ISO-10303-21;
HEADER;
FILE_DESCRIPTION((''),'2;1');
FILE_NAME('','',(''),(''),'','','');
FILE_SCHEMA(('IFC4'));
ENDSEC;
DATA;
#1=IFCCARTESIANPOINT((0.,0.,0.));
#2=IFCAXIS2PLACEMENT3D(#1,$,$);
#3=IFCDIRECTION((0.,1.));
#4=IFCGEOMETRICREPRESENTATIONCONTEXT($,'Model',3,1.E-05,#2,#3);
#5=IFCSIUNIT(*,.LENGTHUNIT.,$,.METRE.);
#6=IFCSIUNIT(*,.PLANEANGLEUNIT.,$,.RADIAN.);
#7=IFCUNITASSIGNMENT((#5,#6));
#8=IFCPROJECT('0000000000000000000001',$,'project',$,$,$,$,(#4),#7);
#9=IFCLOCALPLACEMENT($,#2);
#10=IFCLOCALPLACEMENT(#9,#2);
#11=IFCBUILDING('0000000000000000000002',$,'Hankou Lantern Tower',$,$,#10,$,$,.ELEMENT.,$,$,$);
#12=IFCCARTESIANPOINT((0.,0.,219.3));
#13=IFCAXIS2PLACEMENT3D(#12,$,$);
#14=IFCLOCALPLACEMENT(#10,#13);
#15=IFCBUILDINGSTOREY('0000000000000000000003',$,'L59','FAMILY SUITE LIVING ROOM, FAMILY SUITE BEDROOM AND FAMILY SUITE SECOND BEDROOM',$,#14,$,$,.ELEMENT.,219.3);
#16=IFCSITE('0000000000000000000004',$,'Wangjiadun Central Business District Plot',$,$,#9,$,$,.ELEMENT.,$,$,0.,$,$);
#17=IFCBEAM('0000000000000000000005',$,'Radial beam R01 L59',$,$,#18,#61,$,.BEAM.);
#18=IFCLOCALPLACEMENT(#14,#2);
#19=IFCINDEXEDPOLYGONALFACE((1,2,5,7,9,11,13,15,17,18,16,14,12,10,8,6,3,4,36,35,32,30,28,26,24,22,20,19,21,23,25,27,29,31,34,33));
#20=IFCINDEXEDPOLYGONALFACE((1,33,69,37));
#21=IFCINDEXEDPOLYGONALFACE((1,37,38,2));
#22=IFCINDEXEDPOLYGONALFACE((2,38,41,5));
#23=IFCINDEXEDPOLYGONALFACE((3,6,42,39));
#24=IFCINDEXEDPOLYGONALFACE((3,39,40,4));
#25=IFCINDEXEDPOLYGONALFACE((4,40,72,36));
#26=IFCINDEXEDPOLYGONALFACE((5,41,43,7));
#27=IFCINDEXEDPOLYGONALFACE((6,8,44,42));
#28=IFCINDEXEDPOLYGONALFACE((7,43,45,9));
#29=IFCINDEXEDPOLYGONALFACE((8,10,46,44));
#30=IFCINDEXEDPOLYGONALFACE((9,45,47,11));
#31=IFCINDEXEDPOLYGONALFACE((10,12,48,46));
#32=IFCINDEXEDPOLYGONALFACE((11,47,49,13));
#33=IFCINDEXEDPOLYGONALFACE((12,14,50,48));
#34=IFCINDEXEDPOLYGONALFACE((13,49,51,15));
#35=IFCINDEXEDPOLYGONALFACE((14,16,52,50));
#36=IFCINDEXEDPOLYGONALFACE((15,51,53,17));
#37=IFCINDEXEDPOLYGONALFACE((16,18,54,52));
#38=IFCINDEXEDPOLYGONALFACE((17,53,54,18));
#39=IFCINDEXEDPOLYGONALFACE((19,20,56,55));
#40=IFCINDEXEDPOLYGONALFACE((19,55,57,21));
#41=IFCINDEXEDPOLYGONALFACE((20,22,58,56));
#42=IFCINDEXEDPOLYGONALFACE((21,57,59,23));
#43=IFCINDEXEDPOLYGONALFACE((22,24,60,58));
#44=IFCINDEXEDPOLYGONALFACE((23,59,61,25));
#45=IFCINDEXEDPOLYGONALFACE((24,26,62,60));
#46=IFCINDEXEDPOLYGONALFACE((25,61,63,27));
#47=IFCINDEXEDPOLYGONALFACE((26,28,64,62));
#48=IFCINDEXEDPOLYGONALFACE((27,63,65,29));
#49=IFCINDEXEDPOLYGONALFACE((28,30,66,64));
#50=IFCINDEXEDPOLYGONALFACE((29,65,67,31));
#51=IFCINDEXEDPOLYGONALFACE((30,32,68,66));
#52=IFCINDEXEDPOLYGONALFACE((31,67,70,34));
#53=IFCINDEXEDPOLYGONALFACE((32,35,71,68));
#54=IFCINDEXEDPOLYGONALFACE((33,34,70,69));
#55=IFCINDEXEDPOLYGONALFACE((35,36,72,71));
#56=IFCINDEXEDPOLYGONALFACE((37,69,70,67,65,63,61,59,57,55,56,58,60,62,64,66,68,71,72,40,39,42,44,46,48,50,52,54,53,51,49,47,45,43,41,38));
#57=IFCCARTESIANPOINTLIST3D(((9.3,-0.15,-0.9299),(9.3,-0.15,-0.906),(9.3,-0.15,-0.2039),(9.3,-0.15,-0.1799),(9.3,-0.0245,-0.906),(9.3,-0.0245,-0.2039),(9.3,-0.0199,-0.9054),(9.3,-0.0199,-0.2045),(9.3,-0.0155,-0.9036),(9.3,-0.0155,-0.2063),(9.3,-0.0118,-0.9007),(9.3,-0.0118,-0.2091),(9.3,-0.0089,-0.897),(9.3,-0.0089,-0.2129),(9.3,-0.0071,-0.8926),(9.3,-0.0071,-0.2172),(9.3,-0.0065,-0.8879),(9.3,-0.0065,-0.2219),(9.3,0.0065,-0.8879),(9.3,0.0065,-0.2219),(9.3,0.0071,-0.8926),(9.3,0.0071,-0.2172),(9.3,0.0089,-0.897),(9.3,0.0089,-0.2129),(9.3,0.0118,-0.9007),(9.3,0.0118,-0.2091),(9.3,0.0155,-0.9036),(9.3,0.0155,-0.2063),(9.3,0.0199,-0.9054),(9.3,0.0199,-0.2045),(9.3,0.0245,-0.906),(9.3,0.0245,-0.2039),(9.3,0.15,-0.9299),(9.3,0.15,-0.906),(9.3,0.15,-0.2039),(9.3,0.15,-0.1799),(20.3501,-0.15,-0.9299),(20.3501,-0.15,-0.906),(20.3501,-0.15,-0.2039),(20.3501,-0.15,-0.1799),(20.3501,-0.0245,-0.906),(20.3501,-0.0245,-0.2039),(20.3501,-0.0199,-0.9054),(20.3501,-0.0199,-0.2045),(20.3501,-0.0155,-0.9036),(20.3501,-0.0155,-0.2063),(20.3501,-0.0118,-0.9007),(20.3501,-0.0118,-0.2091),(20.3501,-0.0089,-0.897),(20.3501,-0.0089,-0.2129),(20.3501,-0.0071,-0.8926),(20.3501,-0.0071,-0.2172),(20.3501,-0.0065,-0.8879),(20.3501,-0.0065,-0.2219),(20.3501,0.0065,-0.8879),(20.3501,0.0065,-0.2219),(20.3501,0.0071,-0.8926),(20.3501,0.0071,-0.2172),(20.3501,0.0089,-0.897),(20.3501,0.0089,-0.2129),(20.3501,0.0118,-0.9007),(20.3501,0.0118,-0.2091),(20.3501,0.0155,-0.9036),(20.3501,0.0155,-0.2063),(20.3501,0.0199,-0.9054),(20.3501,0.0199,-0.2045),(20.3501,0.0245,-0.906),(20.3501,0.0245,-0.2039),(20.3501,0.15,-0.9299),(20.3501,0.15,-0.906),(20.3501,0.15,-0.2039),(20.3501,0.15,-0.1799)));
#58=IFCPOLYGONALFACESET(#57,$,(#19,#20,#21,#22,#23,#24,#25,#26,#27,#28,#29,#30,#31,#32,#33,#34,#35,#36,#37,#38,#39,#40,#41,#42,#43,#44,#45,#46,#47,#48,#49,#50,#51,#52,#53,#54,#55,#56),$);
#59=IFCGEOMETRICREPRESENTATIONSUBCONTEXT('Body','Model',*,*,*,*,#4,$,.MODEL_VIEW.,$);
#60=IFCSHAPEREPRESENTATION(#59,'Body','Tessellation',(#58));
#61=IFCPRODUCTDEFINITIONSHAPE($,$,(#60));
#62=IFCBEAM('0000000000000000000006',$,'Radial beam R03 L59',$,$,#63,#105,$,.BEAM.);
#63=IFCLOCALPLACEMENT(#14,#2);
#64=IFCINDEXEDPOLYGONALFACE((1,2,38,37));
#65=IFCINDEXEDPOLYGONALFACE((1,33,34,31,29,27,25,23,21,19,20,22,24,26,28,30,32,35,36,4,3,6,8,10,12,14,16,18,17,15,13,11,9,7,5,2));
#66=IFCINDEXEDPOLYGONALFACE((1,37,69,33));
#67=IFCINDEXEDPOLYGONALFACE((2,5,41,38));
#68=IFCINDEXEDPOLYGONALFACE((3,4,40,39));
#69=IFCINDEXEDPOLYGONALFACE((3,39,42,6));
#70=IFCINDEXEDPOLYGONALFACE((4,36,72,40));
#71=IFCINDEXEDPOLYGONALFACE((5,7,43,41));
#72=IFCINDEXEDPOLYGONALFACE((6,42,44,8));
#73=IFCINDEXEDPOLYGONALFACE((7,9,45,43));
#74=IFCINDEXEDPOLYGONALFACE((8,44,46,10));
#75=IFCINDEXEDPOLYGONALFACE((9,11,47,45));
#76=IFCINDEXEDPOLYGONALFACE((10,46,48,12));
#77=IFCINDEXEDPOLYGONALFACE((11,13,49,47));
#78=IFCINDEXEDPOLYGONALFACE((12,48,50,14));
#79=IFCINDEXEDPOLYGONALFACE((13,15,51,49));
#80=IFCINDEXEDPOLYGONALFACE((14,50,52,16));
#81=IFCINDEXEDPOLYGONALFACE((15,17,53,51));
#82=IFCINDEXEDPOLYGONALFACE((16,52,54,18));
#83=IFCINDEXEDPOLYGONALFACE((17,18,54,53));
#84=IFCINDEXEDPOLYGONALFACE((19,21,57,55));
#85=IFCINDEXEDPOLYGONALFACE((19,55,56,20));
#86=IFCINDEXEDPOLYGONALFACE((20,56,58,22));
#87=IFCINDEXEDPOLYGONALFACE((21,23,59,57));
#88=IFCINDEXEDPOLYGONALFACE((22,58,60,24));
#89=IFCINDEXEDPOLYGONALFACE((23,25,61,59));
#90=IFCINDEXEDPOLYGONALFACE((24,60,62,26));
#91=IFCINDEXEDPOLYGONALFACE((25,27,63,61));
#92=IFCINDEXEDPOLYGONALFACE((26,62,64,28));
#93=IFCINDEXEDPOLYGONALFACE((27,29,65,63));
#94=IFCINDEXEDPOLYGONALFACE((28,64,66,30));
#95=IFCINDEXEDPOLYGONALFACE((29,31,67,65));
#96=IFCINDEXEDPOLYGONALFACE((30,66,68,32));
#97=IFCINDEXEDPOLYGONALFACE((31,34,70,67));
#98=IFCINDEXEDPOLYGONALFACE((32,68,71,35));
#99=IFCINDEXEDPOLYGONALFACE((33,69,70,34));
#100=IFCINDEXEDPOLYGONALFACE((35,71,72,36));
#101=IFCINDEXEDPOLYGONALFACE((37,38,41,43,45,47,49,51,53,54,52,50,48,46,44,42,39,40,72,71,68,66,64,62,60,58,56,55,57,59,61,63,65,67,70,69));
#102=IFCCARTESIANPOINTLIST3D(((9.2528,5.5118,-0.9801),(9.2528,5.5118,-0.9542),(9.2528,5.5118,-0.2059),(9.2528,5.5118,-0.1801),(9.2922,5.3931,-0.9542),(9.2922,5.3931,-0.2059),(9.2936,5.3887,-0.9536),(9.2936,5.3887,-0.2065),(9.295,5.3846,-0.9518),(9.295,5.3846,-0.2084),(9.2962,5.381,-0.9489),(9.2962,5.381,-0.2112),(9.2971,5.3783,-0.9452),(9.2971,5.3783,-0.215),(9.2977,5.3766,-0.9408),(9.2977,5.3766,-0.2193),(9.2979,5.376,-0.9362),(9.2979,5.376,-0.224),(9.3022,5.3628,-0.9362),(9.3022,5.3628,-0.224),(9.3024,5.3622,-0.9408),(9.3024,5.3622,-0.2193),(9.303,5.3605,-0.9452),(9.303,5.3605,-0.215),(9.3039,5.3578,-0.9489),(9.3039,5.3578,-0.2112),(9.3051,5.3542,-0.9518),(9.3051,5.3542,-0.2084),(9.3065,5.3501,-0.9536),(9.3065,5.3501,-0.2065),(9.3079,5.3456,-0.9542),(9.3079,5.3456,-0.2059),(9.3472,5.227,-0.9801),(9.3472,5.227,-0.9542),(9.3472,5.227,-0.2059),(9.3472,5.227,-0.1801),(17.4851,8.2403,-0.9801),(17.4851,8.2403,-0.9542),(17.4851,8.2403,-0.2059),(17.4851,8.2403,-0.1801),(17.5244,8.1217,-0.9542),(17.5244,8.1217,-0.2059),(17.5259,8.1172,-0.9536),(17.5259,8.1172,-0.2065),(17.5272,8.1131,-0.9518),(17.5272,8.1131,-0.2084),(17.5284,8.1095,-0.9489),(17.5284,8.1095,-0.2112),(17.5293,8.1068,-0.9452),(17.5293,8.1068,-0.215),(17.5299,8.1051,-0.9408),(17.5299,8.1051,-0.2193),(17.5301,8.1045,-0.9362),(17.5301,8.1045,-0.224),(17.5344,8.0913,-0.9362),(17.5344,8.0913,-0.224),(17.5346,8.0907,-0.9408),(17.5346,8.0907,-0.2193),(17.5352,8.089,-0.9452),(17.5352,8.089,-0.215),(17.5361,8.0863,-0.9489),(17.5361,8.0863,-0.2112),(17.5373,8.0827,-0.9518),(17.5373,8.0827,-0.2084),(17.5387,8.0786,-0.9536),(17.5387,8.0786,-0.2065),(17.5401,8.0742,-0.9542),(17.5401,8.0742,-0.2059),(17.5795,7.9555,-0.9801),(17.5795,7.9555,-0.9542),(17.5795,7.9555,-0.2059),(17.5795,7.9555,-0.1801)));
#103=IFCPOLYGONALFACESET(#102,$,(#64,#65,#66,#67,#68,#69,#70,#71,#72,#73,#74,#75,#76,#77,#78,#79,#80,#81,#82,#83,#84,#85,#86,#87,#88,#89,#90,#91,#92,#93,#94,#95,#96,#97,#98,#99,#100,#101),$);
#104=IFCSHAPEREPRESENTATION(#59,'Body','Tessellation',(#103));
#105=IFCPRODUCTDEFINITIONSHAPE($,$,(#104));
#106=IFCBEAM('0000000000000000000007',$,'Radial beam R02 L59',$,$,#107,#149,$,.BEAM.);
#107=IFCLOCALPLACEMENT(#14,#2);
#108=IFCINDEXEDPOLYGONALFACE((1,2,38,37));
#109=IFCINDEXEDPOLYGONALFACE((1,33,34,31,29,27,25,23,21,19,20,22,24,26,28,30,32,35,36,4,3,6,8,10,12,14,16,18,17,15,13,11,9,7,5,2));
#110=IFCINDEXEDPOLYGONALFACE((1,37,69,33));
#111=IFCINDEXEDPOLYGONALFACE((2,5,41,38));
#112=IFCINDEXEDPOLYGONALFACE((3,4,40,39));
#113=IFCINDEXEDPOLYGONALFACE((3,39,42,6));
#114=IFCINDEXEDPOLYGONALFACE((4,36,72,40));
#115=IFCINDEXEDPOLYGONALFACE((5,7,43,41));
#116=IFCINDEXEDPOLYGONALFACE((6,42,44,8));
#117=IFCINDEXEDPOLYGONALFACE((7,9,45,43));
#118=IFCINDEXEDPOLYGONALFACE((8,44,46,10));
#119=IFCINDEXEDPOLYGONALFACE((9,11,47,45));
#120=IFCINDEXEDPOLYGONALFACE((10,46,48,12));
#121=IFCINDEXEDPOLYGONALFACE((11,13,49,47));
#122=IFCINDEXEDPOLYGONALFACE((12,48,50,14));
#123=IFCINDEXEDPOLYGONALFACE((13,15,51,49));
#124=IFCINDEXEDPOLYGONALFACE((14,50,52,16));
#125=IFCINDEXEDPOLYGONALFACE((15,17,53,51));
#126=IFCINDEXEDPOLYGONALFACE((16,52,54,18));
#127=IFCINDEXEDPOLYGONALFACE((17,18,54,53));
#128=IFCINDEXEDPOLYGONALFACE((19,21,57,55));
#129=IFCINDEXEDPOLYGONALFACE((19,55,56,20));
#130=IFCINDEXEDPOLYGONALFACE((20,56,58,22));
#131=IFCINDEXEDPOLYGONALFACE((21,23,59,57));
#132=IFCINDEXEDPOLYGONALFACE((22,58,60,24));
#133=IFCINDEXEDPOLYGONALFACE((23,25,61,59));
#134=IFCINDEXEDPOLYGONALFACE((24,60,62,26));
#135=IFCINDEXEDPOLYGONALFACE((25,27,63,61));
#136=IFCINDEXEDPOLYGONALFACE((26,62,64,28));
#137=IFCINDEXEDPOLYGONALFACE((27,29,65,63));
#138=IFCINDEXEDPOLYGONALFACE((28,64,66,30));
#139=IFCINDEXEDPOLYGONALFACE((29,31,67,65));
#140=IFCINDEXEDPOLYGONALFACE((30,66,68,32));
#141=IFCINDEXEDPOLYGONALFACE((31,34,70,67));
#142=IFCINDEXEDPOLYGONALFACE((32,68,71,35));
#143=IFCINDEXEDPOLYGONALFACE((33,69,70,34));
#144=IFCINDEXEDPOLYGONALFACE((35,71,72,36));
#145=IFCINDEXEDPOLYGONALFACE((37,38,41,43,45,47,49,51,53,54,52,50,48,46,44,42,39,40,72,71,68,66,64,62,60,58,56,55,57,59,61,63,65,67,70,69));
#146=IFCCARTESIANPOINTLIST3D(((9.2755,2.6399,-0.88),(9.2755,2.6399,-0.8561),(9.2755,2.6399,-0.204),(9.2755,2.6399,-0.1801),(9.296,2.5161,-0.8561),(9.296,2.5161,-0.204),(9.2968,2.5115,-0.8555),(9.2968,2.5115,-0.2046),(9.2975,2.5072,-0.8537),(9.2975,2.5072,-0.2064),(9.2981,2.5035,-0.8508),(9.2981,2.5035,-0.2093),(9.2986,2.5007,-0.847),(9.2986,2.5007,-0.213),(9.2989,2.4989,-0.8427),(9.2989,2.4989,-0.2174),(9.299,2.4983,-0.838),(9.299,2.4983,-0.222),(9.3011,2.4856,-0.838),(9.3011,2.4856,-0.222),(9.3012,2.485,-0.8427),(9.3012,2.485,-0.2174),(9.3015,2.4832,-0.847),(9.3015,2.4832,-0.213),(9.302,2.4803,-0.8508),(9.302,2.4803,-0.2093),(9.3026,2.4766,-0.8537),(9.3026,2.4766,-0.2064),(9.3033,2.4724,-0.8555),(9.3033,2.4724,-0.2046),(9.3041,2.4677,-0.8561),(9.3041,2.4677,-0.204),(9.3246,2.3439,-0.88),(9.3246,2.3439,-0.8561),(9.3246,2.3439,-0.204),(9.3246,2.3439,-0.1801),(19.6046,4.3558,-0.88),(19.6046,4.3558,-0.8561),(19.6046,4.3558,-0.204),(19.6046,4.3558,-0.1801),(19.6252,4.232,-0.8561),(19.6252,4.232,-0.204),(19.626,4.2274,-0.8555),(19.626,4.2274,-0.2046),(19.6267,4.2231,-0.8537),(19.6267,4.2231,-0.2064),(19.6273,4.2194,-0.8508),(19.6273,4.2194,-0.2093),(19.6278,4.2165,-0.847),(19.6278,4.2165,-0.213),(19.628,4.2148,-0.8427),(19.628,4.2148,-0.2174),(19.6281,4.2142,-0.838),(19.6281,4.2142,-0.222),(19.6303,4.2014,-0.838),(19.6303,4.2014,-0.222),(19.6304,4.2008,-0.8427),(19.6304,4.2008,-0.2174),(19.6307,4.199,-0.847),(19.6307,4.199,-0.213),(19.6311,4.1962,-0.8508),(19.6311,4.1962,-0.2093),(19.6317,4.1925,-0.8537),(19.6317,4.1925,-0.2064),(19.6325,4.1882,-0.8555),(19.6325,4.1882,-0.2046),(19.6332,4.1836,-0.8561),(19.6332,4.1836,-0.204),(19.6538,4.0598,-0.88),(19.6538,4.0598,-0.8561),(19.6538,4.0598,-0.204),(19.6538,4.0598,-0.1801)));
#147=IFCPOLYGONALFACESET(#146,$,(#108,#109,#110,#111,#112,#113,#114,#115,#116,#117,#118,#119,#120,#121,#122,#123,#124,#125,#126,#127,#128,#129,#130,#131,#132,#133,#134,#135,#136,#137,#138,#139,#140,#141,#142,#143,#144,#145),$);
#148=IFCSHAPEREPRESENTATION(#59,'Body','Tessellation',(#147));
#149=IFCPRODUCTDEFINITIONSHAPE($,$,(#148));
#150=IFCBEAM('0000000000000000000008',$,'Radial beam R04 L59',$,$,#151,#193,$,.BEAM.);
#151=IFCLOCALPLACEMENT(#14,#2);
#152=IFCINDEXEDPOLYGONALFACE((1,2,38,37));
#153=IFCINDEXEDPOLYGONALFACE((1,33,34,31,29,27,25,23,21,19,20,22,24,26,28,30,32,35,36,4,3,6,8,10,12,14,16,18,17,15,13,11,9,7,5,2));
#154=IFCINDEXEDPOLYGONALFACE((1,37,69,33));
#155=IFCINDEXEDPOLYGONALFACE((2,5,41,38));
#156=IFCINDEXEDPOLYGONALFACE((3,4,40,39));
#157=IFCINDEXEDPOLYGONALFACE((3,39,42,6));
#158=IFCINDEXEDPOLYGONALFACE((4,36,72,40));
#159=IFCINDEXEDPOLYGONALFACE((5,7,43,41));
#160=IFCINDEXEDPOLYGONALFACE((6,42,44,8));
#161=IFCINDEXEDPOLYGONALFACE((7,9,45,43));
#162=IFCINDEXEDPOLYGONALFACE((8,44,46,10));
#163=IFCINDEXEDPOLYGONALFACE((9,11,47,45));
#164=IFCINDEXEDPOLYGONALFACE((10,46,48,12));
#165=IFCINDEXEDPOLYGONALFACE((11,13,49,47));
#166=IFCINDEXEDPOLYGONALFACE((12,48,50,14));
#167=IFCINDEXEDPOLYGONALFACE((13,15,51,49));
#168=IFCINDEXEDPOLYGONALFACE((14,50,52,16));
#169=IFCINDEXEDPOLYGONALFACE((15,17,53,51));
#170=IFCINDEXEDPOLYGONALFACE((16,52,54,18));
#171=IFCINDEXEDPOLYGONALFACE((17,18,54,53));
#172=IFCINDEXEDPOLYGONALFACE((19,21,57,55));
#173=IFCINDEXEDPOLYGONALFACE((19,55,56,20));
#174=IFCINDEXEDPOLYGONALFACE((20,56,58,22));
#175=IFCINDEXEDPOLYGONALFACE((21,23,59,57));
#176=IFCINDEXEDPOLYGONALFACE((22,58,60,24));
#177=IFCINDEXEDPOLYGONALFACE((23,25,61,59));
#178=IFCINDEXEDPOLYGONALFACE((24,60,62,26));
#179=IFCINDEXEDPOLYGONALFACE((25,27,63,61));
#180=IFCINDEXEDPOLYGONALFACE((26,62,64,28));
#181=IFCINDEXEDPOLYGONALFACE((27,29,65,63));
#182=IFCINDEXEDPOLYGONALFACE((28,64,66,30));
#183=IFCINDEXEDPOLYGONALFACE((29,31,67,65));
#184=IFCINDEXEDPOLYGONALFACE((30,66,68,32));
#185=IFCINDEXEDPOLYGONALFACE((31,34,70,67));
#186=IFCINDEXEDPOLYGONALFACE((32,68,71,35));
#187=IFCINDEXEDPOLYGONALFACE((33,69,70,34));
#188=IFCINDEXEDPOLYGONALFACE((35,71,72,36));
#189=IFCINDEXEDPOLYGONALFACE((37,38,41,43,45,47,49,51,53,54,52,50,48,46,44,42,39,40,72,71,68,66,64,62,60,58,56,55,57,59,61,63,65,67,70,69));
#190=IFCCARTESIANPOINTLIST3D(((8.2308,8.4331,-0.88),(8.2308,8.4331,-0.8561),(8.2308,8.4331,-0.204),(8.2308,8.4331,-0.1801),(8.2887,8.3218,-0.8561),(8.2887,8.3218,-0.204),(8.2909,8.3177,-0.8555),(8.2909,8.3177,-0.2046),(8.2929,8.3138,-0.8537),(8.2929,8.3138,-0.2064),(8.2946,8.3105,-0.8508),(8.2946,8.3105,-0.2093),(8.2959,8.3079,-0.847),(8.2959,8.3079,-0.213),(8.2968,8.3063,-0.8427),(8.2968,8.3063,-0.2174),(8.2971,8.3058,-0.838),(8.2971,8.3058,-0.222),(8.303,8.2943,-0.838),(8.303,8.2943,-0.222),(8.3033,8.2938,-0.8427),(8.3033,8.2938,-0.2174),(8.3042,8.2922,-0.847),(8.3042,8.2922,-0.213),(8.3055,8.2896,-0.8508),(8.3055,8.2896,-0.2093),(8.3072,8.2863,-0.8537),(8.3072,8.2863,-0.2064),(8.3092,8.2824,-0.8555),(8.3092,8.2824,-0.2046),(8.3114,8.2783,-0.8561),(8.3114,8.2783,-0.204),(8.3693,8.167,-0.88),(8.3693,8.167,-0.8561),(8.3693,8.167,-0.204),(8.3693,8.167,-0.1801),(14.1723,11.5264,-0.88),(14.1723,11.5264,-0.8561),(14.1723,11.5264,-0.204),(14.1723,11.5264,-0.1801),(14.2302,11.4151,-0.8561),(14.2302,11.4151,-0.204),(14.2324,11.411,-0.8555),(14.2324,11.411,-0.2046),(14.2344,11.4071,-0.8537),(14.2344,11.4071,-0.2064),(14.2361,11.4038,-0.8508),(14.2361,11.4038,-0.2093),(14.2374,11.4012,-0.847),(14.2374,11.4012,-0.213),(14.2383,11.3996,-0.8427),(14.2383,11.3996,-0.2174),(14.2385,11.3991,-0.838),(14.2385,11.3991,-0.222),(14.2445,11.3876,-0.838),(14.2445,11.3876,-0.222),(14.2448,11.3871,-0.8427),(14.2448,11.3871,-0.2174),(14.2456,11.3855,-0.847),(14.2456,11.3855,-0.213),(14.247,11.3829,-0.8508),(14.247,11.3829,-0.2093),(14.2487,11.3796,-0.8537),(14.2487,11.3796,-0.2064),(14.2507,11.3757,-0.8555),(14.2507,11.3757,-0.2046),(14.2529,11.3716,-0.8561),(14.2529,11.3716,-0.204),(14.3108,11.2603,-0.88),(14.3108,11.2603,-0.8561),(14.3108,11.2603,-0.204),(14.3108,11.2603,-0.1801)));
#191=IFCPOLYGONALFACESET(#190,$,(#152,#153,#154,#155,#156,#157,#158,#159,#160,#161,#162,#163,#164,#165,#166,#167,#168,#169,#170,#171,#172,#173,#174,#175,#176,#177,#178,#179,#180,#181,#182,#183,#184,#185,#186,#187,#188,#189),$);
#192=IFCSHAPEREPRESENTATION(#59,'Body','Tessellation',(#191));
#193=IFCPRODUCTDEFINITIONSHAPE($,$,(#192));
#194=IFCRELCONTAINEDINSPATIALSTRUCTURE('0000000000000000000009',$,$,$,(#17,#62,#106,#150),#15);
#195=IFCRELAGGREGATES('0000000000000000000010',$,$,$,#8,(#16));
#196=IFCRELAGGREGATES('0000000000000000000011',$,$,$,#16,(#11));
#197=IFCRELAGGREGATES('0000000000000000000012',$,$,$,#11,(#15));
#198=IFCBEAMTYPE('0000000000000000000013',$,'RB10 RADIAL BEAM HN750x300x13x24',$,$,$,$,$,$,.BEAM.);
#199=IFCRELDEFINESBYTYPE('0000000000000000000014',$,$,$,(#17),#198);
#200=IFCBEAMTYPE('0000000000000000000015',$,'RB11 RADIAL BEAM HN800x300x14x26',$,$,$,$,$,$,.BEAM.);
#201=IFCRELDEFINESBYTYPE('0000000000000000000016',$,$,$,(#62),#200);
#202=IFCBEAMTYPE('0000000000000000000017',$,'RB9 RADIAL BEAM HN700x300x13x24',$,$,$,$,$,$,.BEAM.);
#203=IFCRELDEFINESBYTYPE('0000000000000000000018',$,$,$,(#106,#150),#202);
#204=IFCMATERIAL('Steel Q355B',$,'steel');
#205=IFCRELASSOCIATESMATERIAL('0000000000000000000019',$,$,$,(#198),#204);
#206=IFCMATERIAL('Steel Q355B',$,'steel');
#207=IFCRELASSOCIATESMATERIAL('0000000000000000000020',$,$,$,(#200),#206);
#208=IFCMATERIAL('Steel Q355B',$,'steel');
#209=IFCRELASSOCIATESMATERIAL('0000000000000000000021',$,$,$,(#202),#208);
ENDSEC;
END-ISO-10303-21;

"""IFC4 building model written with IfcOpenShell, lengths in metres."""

from ifc_helpers import new_model, si_unit, direction, frame, origin, origin_2d, place, context, subcontext, project, spatial, i_section, extrude, material, material_profile, profile_set, type_object, element, save


model = new_model("IFC4")

# Units and contexts
model_context = context("Model", 3, precision=1e-05, world=origin(), true_north=direction((0.0, 1.0)))
body_context = subcontext(model_context, "Body", "Model", "MODEL_VIEW")
ifc_project = project(units=[si_unit("LENGTHUNIT", "METRE"), si_unit("PLANEANGLEUNIT", "RADIAN")], contexts=[model_context])

# Site, building, storey
site_placement = place(None, origin())
site = spatial("IfcSite", under=ifc_project, at=site_placement, Name="Wangjiadun Central Business District Plot", CompositionType="ELEMENT", RefElevation=0.0)
building_placement = place(site_placement, origin())
building = spatial("IfcBuilding", under=site, at=building_placement, Name="Hankou Lantern Tower", CompositionType="ELEMENT")
storey_placement = place(building_placement, frame((0.0, 0.0, 219.3)))
storey = spatial("IfcBuildingStorey", under=building, at=storey_placement, Name="L59", Description="FAMILY SUITE LIVING ROOM, FAMILY SUITE BEDROOM AND FAMILY SUITE SECOND BEDROOM", CompositionType="ELEMENT", Elevation=219.3)

# Beams
ifc_material_1 = material(Name="Steel Q355B", Category="steel")
ifc_material_profile_1 = material_profile(ifc_material_1, i_section(OverallWidth=0.3, OverallDepth=0.75, WebThickness=0.0129, FlangeThickness=0.0239, FilletRadius=0.0181, at=origin_2d()), Name="HN750x300x13x24")
ifc_profile_set_1 = profile_set([ifc_material_profile_1], Name="Steel Q355B")
beam_type_1 = type_object("IfcBeamType", Name="RB10 RADIAL BEAM HN750x300x13x24", PredefinedType="BEAM", material=ifc_profile_set_1)
beam_1_placement = place(storey_placement, frame((9.3, 0.0, -0.5549), z_axis=(1.0, 0.0, 0.0), x_axis=(0.0, 1.0, 0.0)))
element("IfcBeam", 1, at=beam_1_placement, inside=storey, type_object=beam_type_1, Name="Radial beam R01 L59", PredefinedType="BEAM", context=body_context, shape_type="SweptSolid", body=[
    extrude(i_section(OverallWidth=0.3, OverallDepth=0.75, WebThickness=0.0129, FlangeThickness=0.0239, FilletRadius=0.0181, at=origin_2d()), origin(), (0.0, 0.0, 1.0), 11.05),
])
ifc_material_2 = material(Name="Steel Q355B", Category="steel")
ifc_material_profile_2 = material_profile(ifc_material_2, i_section(OverallWidth=0.3, OverallDepth=0.8, WebThickness=0.0139, FlangeThickness=0.0259, FilletRadius=0.0181, at=origin_2d()), Name="HN800x300x14x26")
ifc_profile_set_2 = profile_set([ifc_material_profile_2], Name="Steel Q355B")
beam_type_2 = type_object("IfcBeamType", Name="RB11 RADIAL BEAM HN800x300x14x26", PredefinedType="BEAM", material=ifc_profile_set_2)
beam_2_placement = place(storey_placement, frame((9.3, 5.3694, -0.5801), z_axis=(0.94922, 0.314614, 0.0), x_axis=(-0.314614, 0.94922, 0.0)))
element("IfcBeam", 2, at=beam_2_placement, inside=storey, type_object=beam_type_2, Name="Radial beam R03 L59", PredefinedType="BEAM", context=body_context, shape_type="SweptSolid", body=[
    extrude(i_section(OverallWidth=0.3, OverallDepth=0.8, WebThickness=0.0139, FlangeThickness=0.0259, FilletRadius=0.0181, at=origin_2d()), origin(), (0.0, 0.0, 1.0), 8.6726),
])
ifc_material_3 = material(Name="Steel Q355B", Category="steel")
ifc_material_profile_3 = material_profile(ifc_material_3, i_section(OverallWidth=0.3, OverallDepth=0.7, WebThickness=0.0129, FlangeThickness=0.0239, FilletRadius=0.0181, at=origin_2d()), Name="HN700x300x13x24")
ifc_profile_set_3 = profile_set([ifc_material_profile_3], Name="Steel Q355B")
beam_type_3 = type_object("IfcBeamType", Name="RB9 RADIAL BEAM HN700x300x13x24", PredefinedType="BEAM", material=ifc_profile_set_3)
beam_3_placement = place(storey_placement, frame((9.3, 2.4919, -0.53), z_axis=(0.986482, 0.16387, 0.0), x_axis=(-0.16387, 0.986482, 0.0)))
element("IfcBeam", 3, at=beam_3_placement, inside=storey, type_object=beam_type_3, Name="Radial beam R02 L59", PredefinedType="BEAM", context=body_context, shape_type="SweptSolid", body=[
    extrude(i_section(OverallWidth=0.3, OverallDepth=0.7, WebThickness=0.0129, FlangeThickness=0.0239, FilletRadius=0.0181, at=origin_2d()), origin(), (0.0, 0.0, 1.0), 10.4707),
])
beam_4_placement = place(storey_placement, frame((8.3, 8.3, -0.53), z_axis=(0.886989, 0.461791, 0.0), x_axis=(-0.461791, 0.886989, 0.0)))
element("IfcBeam", 4, at=beam_4_placement, inside=storey, type_object=beam_type_3, Name="Radial beam R04 L59", PredefinedType="BEAM", context=body_context, shape_type="SweptSolid", body=[
    extrude(i_section(OverallWidth=0.3, OverallDepth=0.7, WebThickness=0.0129, FlangeThickness=0.0239, FilletRadius=0.0181, at=origin_2d()), origin(), (0.0, 0.0, 1.0), 6.6985),
])

save(model, "model.ifc")
